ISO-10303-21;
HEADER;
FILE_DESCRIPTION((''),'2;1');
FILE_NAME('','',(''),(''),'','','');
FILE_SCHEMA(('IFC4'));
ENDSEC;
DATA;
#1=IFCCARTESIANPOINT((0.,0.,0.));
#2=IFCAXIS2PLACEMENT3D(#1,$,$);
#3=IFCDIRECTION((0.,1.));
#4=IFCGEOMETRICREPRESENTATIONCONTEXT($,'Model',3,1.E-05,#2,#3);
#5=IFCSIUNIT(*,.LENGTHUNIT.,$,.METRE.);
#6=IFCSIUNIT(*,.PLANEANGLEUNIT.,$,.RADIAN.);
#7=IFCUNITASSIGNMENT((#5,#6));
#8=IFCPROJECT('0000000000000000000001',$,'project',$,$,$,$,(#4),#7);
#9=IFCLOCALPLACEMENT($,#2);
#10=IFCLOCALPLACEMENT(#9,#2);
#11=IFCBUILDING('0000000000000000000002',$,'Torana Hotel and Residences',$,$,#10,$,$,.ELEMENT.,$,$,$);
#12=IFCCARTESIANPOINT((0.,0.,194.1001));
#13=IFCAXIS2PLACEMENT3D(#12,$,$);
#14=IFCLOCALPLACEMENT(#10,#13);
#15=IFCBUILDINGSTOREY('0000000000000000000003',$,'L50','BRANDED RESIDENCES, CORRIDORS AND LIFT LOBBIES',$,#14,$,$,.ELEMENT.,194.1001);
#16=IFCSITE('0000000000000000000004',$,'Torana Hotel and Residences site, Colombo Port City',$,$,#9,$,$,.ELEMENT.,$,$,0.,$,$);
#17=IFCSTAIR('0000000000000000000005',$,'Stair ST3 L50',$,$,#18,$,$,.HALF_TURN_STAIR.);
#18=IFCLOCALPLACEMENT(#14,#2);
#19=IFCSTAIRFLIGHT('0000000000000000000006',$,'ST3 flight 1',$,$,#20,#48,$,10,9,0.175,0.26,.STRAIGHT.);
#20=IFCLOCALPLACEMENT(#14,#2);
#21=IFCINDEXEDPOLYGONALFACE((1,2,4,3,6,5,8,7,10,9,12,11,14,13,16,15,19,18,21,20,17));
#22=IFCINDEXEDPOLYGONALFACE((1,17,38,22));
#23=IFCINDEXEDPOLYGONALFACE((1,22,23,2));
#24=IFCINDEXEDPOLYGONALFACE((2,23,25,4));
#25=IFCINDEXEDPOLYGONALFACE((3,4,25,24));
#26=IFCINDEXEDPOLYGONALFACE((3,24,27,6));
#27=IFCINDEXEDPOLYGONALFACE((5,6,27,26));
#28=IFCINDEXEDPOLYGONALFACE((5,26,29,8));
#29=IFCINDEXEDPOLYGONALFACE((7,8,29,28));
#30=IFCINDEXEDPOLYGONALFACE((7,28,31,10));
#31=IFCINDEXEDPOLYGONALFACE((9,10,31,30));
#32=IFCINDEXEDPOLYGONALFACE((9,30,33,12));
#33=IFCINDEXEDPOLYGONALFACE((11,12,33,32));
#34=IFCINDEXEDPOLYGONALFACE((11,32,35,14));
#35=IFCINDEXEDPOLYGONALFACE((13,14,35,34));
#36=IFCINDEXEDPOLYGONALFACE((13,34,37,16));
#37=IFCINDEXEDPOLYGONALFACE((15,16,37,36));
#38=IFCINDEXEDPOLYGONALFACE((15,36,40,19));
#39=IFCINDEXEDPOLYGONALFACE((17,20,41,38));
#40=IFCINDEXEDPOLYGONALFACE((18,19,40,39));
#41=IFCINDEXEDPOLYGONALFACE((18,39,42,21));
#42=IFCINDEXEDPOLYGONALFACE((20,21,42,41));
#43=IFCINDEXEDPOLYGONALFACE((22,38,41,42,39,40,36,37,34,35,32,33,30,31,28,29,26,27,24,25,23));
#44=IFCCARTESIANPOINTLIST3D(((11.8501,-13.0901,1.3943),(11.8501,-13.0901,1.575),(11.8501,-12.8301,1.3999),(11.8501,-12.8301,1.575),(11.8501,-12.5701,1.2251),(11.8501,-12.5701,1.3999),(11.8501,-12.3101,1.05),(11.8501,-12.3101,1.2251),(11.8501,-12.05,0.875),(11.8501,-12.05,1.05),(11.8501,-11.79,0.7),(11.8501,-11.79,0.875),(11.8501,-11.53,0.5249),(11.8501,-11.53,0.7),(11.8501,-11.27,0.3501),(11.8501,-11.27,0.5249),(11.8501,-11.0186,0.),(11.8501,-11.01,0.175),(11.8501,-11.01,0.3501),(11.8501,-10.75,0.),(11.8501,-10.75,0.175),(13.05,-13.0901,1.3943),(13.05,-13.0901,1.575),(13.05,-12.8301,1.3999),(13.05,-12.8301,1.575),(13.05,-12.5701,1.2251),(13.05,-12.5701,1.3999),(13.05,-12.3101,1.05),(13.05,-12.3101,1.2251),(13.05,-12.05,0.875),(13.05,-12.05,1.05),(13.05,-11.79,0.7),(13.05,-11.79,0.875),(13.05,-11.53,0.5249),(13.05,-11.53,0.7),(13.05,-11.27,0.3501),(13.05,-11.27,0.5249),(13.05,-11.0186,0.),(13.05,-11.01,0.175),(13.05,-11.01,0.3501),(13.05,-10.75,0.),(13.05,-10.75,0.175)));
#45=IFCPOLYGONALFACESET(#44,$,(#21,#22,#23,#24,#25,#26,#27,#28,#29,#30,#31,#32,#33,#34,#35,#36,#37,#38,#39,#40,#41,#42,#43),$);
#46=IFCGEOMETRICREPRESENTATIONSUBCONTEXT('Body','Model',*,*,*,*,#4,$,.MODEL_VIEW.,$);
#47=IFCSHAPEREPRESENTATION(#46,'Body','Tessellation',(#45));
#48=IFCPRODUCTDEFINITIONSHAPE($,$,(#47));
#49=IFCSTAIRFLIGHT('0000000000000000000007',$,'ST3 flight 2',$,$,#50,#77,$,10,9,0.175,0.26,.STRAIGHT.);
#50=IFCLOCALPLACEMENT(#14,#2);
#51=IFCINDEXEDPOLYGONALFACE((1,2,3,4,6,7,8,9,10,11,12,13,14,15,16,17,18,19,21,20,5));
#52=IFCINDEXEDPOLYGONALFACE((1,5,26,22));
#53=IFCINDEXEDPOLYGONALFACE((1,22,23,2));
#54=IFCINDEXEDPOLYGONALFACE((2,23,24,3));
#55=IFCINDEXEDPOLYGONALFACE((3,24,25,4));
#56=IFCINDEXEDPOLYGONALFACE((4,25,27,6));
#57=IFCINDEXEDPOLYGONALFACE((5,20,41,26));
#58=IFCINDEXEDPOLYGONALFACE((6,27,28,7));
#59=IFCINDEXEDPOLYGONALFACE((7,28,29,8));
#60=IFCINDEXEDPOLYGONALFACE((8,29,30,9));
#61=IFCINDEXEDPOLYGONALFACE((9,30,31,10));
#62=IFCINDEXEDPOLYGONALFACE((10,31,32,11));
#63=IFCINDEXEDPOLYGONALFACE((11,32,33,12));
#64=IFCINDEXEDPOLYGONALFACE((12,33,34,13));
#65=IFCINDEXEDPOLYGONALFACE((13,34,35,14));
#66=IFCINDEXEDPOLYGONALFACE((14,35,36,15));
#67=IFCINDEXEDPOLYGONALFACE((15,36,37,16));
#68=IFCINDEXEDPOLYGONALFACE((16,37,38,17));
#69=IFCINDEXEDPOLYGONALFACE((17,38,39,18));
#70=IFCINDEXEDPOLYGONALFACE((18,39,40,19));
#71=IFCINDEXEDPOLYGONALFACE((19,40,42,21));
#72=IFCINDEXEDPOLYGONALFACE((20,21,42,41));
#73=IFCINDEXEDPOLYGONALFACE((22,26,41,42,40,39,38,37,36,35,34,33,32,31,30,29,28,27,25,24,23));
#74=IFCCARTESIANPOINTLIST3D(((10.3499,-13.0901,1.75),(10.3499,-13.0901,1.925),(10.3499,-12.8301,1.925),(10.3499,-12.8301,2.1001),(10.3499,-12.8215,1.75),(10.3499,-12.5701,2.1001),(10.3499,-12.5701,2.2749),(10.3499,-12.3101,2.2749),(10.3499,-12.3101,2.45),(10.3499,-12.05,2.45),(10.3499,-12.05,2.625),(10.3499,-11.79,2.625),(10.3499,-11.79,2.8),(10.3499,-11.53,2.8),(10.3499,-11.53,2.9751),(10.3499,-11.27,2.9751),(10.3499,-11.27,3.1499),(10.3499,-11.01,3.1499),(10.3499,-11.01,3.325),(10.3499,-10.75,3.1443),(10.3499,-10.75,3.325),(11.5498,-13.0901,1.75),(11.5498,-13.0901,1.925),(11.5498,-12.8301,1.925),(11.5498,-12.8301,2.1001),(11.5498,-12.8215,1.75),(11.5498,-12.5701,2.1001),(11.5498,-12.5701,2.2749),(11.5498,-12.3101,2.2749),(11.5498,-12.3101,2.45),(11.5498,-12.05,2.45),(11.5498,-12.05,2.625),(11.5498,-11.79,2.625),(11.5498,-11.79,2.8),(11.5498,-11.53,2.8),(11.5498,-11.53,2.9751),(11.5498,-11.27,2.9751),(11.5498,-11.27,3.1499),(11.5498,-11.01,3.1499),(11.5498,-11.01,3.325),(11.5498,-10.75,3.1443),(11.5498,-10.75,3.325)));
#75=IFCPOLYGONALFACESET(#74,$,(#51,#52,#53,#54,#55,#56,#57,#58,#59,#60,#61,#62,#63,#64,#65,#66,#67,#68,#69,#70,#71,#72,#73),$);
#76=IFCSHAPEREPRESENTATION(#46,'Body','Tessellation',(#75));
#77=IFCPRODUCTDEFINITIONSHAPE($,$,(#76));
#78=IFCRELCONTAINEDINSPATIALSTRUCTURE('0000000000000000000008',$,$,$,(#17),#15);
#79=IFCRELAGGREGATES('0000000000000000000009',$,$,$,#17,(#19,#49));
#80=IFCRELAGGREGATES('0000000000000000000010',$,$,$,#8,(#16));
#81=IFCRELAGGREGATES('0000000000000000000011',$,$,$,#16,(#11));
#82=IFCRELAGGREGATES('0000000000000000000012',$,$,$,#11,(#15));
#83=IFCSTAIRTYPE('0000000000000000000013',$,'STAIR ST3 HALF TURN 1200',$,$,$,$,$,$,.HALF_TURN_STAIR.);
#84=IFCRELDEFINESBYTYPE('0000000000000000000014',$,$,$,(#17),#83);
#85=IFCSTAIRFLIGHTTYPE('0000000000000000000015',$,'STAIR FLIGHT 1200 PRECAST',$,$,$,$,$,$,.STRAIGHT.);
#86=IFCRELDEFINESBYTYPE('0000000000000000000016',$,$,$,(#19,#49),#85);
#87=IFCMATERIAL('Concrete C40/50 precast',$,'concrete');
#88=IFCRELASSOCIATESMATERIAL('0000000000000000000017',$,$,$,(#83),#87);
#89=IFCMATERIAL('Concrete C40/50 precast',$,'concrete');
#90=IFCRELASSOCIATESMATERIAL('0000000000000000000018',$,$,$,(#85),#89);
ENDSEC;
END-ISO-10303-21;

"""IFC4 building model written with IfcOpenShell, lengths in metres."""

from ifc_helpers import new_model, si_unit, direction, frame, origin, place, context, subcontext, project, spatial, polyline, outline, extrude, material, type_object, element, aggregate, save


model = new_model("IFC4")

# Units and contexts
model_context = context("Model", 3, precision=1e-05, world=origin(), true_north=direction((0.0, 1.0)))
body_context = subcontext(model_context, "Body", "Model", "MODEL_VIEW")
ifc_project = project(units=[si_unit("LENGTHUNIT", "METRE"), si_unit("PLANEANGLEUNIT", "RADIAN")], contexts=[model_context])

# Site, building, storey
site_placement = place(None, origin())
site = spatial("IfcSite", under=ifc_project, at=site_placement, Name="Torana Hotel and Residences site, Colombo Port City", CompositionType="ELEMENT", RefElevation=0.0)
building_placement = place(site_placement, origin())
building = spatial("IfcBuilding", under=site, at=building_placement, Name="Torana Hotel and Residences", CompositionType="ELEMENT")
storey_placement = place(building_placement, frame((0.0, 0.0, 194.1001)))
storey = spatial("IfcBuildingStorey", under=building, at=storey_placement, Name="L50", Description="BRANDED RESIDENCES, CORRIDORS AND LIFT LOBBIES", CompositionType="ELEMENT", Elevation=194.1001)

# Stair, stair flights
ifc_material_1 = material(Name="Concrete C40/50 precast", Category="concrete")
stair_type = type_object("IfcStairType", Name="STAIR ST3 HALF TURN 1200", PredefinedType="HALF_TURN_STAIR", material=ifc_material_1)
stair_placement = place(storey_placement, origin())
stair = element("IfcStair", 1, at=stair_placement, inside=storey, type_object=stair_type, Name="Stair ST3 L50", PredefinedType="HALF_TURN_STAIR")
ifc_material_2 = material(Name="Concrete C40/50 precast", Category="concrete")
stair_flight_type = type_object("IfcStairFlightType", Name="STAIR FLIGHT 1200 PRECAST", PredefinedType="STRAIGHT", material=ifc_material_2)
stair_flight_1_placement = place(storey_placement, frame((12.45, -10.75, 0.0), z_axis=(0.0, 0.0, 1.0), x_axis=(0.0, -1.0, 0.0)))
stair_flight_1 = element("IfcStairFlight", 2, at=stair_flight_1_placement, type_object=stair_flight_type, Name="ST3 flight 1", NumberOfRisers=10, NumberOfTreads=9, PredefinedType="STRAIGHT", RiserHeight=0.175, TreadLength=0.26, context=body_context, shape_type="SweptSolid", body=[
    extrude(outline(polyline([(0.0, 0.0), (0.0, 0.175), (0.26, 0.175), (0.26, 0.3501), (0.52, 0.3501), (0.52, 0.5249), (0.78, 0.5249), (0.78, 0.7), (1.04, 0.7), (1.04, 0.875), (1.3, 0.875), (1.3, 1.05), (1.5601, 1.05), (1.5601, 1.2251), (1.8201, 1.2251), (1.8201, 1.3999), (2.0801, 1.3999), (2.0801, 1.575), (2.3401, 1.575), (2.3401, 1.75), (2.3401, 1.3943), (0.2686, 0.0), (0.0, 0.0)])), frame((0.0, 0.6001, 0.0), z_axis=(0.0, -1.0, 0.0), x_axis=(1.0, 0.0, 0.0)), (0.0, 0.0, 1.0), 1.2),
])
stair_flight_2_placement = place(storey_placement, frame((10.95, -13.0901, 1.75), z_axis=(0.0, 0.0, 1.0), x_axis=(0.0, 1.0, 0.0)))
stair_flight_2 = element("IfcStairFlight", 3, at=stair_flight_2_placement, type_object=stair_flight_type, Name="ST3 flight 2", NumberOfRisers=10, NumberOfTreads=9, PredefinedType="STRAIGHT", RiserHeight=0.175, TreadLength=0.26, context=body_context, shape_type="SweptSolid", body=[
    extrude(outline(polyline([(0.0, 0.0), (0.0, 0.175), (0.26, 0.175), (0.26, 0.3501), (0.52, 0.3501), (0.52, 0.5249), (0.78, 0.5249), (0.78, 0.7), (1.04, 0.7), (1.04, 0.875), (1.3, 0.875), (1.3, 1.05), (1.5601, 1.05), (1.5601, 1.2251), (1.8201, 1.2251), (1.8201, 1.3999), (2.0801, 1.3999), (2.0801, 1.575), (2.3401, 1.575), (2.3401, 1.75), (2.3401, 1.3943), (0.2686, 0.0), (0.0, 0.0)])), frame((0.0, 0.6001, 0.0), z_axis=(0.0, -1.0, 0.0), x_axis=(1.0, 0.0, 0.0)), (0.0, 0.0, 1.0), 1.2),
])
aggregate(stair, [stair_flight_1, stair_flight_2])

save(model, "model.ifc")
